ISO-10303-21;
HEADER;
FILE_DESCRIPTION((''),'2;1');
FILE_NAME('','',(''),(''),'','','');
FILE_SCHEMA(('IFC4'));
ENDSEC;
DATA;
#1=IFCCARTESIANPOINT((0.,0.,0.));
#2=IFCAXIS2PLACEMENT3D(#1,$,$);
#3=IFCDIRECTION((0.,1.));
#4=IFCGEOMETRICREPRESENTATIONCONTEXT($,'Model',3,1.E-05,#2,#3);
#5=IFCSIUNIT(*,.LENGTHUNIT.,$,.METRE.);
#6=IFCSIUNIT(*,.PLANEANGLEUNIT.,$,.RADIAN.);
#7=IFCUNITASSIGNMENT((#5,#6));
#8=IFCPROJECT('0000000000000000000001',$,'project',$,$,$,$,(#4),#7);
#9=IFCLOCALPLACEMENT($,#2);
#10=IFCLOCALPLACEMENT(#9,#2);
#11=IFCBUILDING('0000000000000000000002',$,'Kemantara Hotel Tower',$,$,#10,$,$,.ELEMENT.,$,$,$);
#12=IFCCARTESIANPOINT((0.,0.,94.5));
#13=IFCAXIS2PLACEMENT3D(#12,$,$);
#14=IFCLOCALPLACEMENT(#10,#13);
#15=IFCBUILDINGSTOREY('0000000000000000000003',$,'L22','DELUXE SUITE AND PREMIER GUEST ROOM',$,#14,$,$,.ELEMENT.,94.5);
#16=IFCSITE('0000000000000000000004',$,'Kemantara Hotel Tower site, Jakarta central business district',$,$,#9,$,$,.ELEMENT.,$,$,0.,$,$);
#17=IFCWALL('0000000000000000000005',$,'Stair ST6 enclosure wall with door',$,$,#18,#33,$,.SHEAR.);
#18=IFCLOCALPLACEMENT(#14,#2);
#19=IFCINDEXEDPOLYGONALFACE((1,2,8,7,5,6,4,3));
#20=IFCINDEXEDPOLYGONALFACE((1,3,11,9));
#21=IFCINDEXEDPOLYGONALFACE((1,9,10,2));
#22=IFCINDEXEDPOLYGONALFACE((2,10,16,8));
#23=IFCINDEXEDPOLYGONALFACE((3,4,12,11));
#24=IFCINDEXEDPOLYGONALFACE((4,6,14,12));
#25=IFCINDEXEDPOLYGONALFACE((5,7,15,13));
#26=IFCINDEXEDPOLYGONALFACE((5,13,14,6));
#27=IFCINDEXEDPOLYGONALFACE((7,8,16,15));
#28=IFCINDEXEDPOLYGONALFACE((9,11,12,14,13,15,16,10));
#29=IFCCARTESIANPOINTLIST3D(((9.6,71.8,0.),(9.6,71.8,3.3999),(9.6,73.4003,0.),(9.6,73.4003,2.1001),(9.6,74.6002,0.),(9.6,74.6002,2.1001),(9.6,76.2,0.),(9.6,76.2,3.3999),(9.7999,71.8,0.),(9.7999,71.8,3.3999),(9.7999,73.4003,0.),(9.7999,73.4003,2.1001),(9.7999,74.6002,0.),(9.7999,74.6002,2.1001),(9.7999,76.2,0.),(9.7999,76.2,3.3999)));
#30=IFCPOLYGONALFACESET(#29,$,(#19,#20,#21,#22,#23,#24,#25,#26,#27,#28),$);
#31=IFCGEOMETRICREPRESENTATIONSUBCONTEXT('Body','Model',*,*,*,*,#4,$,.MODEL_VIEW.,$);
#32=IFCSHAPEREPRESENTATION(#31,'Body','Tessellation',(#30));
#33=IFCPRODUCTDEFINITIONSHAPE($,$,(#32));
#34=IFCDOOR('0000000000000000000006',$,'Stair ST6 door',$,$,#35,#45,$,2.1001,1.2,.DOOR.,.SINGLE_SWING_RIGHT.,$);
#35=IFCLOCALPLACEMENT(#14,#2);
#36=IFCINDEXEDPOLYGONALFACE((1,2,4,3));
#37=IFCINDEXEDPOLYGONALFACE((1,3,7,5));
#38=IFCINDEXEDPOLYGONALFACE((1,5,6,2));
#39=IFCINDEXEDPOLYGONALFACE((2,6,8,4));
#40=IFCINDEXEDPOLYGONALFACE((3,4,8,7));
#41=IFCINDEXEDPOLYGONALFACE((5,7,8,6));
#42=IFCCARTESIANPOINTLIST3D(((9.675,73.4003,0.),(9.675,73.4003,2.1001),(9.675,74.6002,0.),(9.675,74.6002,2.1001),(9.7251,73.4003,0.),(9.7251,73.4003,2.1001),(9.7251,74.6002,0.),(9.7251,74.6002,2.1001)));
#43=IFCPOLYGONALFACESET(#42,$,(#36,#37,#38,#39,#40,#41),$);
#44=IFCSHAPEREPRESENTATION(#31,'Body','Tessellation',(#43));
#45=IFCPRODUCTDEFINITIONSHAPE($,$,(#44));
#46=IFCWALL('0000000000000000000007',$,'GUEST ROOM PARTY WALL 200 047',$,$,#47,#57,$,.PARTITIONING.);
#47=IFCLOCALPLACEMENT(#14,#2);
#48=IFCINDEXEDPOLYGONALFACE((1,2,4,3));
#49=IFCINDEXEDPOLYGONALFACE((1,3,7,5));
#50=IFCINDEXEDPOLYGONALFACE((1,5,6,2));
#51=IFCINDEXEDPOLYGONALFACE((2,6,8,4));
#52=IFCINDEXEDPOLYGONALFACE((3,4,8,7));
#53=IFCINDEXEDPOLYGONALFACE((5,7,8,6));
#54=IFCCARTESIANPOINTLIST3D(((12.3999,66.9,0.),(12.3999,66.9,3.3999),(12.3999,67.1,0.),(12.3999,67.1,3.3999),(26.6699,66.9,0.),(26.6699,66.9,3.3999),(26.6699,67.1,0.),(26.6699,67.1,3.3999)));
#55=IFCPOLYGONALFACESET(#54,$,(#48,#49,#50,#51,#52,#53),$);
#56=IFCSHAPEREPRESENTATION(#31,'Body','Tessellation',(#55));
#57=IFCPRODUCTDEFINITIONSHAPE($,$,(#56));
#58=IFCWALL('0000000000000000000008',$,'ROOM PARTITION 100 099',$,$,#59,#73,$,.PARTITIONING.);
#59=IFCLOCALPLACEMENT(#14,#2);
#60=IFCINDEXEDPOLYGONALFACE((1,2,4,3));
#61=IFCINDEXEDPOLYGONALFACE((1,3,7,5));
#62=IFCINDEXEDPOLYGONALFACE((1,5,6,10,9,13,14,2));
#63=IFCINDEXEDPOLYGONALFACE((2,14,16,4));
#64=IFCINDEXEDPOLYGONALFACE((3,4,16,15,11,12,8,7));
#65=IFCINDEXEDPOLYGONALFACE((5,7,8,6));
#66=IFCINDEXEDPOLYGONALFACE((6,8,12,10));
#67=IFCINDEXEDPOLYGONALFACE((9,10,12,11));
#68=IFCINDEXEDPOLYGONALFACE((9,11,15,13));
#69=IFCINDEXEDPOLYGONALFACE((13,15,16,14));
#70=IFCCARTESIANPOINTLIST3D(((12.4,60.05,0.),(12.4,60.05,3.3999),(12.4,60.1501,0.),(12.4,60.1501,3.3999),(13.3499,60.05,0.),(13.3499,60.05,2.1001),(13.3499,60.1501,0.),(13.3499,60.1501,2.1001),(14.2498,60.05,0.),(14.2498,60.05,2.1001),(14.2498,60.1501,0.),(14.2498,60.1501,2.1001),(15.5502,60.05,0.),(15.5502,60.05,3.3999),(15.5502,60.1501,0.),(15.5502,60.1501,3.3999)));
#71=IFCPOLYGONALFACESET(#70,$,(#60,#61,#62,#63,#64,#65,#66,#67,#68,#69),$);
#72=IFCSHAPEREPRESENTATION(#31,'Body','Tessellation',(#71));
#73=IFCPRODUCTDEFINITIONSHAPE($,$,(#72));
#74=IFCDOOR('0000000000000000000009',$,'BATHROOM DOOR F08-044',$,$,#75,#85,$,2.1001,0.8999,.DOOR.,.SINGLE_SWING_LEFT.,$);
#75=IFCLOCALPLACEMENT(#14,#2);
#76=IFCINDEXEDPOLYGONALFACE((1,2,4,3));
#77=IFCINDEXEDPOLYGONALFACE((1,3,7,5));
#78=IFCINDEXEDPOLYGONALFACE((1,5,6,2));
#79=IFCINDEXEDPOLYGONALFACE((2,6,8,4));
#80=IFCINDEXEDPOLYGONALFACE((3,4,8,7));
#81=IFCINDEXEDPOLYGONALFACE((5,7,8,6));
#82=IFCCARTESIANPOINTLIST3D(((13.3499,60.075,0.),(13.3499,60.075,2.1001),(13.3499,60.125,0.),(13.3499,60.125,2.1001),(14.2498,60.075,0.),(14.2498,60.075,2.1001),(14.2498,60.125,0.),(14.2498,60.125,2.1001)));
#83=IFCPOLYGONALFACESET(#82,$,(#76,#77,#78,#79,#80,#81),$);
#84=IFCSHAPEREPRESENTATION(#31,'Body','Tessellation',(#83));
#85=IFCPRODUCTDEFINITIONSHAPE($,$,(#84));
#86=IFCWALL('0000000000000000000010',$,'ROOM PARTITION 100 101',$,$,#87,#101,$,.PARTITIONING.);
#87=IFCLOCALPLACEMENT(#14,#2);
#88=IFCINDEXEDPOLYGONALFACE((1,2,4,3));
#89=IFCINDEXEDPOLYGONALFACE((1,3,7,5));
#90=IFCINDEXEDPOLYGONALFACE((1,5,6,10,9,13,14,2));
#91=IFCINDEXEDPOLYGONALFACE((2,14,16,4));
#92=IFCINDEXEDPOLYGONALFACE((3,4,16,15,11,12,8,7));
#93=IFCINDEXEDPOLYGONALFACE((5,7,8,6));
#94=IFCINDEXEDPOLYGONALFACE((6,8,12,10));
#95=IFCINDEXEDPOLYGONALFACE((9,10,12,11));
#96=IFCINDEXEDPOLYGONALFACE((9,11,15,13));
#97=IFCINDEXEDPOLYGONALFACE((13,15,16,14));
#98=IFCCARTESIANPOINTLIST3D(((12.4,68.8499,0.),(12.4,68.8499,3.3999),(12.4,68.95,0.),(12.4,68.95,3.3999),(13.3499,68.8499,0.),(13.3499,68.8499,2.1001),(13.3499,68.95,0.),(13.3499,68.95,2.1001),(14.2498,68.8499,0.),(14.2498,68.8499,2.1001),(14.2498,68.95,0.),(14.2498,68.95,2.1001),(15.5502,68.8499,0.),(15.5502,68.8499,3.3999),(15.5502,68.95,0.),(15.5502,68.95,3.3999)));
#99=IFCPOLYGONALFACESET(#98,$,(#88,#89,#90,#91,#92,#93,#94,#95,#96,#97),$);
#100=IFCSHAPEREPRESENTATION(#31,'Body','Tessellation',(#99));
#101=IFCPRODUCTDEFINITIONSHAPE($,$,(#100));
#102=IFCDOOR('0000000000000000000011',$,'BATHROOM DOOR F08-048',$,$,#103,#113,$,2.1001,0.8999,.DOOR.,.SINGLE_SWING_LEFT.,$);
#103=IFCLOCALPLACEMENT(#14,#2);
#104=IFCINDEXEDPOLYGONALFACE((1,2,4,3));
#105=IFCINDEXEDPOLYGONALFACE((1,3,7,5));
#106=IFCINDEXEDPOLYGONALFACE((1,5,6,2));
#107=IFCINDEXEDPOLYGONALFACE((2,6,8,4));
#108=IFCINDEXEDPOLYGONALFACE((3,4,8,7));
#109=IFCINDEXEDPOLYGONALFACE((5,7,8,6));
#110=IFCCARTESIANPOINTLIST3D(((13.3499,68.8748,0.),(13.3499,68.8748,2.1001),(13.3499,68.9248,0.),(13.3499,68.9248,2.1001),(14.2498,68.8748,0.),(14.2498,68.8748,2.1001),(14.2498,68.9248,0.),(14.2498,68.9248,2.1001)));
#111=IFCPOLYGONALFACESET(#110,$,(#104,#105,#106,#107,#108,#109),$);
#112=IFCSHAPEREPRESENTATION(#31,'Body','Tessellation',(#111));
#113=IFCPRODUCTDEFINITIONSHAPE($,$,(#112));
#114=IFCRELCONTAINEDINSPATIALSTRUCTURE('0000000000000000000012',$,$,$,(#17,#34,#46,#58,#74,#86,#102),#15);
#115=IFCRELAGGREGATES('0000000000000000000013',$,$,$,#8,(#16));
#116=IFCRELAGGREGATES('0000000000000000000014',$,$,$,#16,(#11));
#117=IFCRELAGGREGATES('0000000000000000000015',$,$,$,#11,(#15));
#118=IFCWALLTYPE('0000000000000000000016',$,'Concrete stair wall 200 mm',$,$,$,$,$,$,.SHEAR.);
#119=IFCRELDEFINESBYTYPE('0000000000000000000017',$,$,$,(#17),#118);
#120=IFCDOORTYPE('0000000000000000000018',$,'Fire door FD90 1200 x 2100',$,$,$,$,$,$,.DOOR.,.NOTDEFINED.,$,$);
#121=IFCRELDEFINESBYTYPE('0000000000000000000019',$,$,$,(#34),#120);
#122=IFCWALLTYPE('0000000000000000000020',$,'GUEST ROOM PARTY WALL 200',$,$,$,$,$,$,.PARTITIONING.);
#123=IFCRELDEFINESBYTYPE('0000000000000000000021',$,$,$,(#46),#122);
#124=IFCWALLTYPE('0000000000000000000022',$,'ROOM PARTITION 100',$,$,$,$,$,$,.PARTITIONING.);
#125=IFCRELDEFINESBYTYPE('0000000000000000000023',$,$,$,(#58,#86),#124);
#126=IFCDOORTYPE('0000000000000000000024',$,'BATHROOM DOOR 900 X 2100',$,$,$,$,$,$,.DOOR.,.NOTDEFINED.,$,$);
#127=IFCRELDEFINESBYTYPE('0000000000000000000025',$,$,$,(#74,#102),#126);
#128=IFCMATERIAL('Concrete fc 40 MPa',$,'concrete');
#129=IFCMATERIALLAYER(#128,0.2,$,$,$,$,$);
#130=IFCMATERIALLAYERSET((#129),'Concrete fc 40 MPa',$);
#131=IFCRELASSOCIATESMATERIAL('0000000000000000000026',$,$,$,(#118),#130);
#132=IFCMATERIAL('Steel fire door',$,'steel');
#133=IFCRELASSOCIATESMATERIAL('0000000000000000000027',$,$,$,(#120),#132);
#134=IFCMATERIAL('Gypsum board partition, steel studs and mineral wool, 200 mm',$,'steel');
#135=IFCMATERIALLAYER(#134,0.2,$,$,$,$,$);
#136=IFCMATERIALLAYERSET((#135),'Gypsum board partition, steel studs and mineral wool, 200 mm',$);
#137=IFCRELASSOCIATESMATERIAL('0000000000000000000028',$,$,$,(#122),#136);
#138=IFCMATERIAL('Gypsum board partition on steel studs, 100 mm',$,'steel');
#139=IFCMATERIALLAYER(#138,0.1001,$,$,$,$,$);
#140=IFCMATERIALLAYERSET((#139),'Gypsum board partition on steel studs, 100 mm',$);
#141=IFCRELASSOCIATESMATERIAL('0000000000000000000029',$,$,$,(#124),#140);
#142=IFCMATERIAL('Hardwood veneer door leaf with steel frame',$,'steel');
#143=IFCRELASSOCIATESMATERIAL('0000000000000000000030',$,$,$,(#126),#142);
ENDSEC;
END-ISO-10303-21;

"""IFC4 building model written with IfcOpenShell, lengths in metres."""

from ifc_helpers import new_model, si_unit, direction, frame, frame_2d, origin, place, context, subcontext, project, spatial, rectangle, extrude, material, layer, layer_set, type_object, element, fill, save


model = new_model("IFC4")

# Units and contexts
model_context = context("Model", 3, precision=1e-05, world=origin(), true_north=direction((0.0, 1.0)))
body_context = subcontext(model_context, "Body", "Model", "MODEL_VIEW")
ifc_project = project(units=[si_unit("LENGTHUNIT", "METRE"), si_unit("PLANEANGLEUNIT", "RADIAN")], contexts=[model_context])

# Site, building, storey
site_placement = place(None, origin())
site = spatial("IfcSite", under=ifc_project, at=site_placement, Name="Kemantara Hotel Tower site, Jakarta central business district", CompositionType="ELEMENT", RefElevation=0.0)
building_placement = place(site_placement, origin())
building = spatial("IfcBuilding", under=site, at=building_placement, Name="Kemantara Hotel Tower", CompositionType="ELEMENT")
storey_placement = place(building_placement, frame((0.0, 0.0, 94.5)))
storey = spatial("IfcBuildingStorey", under=building, at=storey_placement, Name="L22", Description="DELUXE SUITE AND PREMIER GUEST ROOM", CompositionType="ELEMENT", Elevation=94.5)

# Shared definitions
ifc_material_1 = material(Name="Gypsum board partition, steel studs and mineral wool, 200 mm", Category="steel")
ifc_material_2 = material(Name="Hardwood veneer door leaf with steel frame", Category="steel")

# Wall, opening, door
ifc_material_3 = material(Name="Concrete fc 40 MPa", Category="concrete")
ifc_layer_1 = layer(ifc_material_3, 0.2)
ifc_layer_set_1 = layer_set([ifc_layer_1], Name="Concrete fc 40 MPa")
wall_type_1 = type_object("IfcWallType", Name="Concrete stair wall 200 mm", PredefinedType="SHEAR", material=ifc_layer_set_1)
wall_1_placement = place(storey_placement, frame((9.7, 71.8, 0.0), z_axis=(0.0, 0.0, 1.0), x_axis=(0.0, 1.0, 0.0)))
wall_1 = element("IfcWall", 1, at=wall_1_placement, inside=storey, type_object=wall_type_1, Name="Stair ST6 enclosure wall with door", PredefinedType="SHEAR", context=body_context, shape_type="SweptSolid", body=[
    extrude(rectangle(XDim=4.3999, YDim=0.2, at=frame_2d((2.2, 0.0))), origin(), (0.0, 0.0, 1.0), 3.3999),
])
opening_1_placement = place(wall_1_placement, frame((1.6001, 0.0, 0.0)))
opening_1 = element("IfcOpeningElement", 2, at=opening_1_placement, cuts=wall_1, PredefinedType="OPENING", context=body_context, shape_type="SweptSolid", body=[
    extrude(rectangle(XDim=1.2, YDim=2.1001, at=frame_2d((0.6001, 1.05))), frame((0.0, 0.1099, 0.0), z_axis=(0.0, -1.0, 0.0), x_axis=(1.0, 0.0, 0.0)), (0.0, 0.0, 1.0), 0.22),
])
ifc_material_4 = material(Name="Steel fire door", Category="steel")
door_type_1 = type_object("IfcDoorType", Name="Fire door FD90 1200 x 2100", OperationType="NOTDEFINED", PredefinedType="DOOR", material=ifc_material_4)
door_1_placement = place(opening_1_placement, origin())
door_1 = element("IfcDoor", 3, at=door_1_placement, inside=storey, type_object=door_type_1, Name="Stair ST6 door", OperationType="SINGLE_SWING_RIGHT", OverallHeight=2.1001, OverallWidth=1.2, PredefinedType="DOOR", context=body_context, shape_type="SweptSolid", body=[
    extrude(rectangle(XDim=1.2, YDim=2.1001, at=frame_2d((0.6001, 1.05))), frame((0.0, 0.0249, 0.0), z_axis=(0.0, -1.0, 0.0), x_axis=(1.0, 0.0, 0.0)), (0.0, 0.0, 1.0), 0.05),
])
fill(opening_1, door_1)

# Wall
ifc_layer_2 = layer(ifc_material_1, 0.2)
ifc_layer_set_2 = layer_set([ifc_layer_2], Name="Gypsum board partition, steel studs and mineral wool, 200 mm")
wall_type_2 = type_object("IfcWallType", Name="GUEST ROOM PARTY WALL 200", PredefinedType="PARTITIONING", material=ifc_layer_set_2)
wall_2_placement = place(storey_placement, frame((12.3999, 67.0, 0.0), z_axis=(0.0, 0.0, 1.0), x_axis=(1.0, 0.0, 0.0)))
element("IfcWall", 4, at=wall_2_placement, inside=storey, type_object=wall_type_2, Name="GUEST ROOM PARTY WALL 200 047", PredefinedType="PARTITIONING", context=body_context, shape_type="SweptSolid", body=[
    extrude(rectangle(XDim=14.27, YDim=0.2, at=frame_2d((7.135, 0.0))), origin(), (0.0, 0.0, 1.0), 3.3999),
])

# Walls, openings, doors
ifc_material_5 = material(Name="Gypsum board partition on steel studs, 100 mm", Category="steel")
ifc_layer_3 = layer(ifc_material_5, 0.1001)
ifc_layer_set_3 = layer_set([ifc_layer_3], Name="Gypsum board partition on steel studs, 100 mm")
wall_type_3 = type_object("IfcWallType", Name="ROOM PARTITION 100", PredefinedType="PARTITIONING", material=ifc_layer_set_3)
wall_3_placement = place(storey_placement, frame((12.3999, 60.1001, 0.0), z_axis=(0.0, 0.0, 1.0), x_axis=(1.0, 0.0, 0.0)))
wall_3 = element("IfcWall", 5, at=wall_3_placement, inside=storey, type_object=wall_type_3, Name="ROOM PARTITION 100 099", PredefinedType="PARTITIONING", context=body_context, shape_type="SweptSolid", body=[
    extrude(rectangle(XDim=3.1501, YDim=0.1001, at=frame_2d((1.5752, 0.0))), origin(), (0.0, 0.0, 1.0), 3.3999),
])
opening_2_placement = place(wall_3_placement, frame((0.95, 0.0, 0.0)))
opening_2 = element("IfcOpeningElement", 6, at=opening_2_placement, cuts=wall_3, PredefinedType="OPENING", context=body_context, shape_type="SweptSolid", body=[
    extrude(rectangle(XDim=0.8999, YDim=2.1001, at=frame_2d((0.45, 1.05))), frame((0.0, 0.0601, 0.0), z_axis=(0.0, -1.0, 0.0), x_axis=(1.0, 0.0, 0.0)), (0.0, 0.0, 1.0), 0.1201),
])
door_type_2 = type_object("IfcDoorType", Name="BATHROOM DOOR 900 X 2100", OperationType="NOTDEFINED", PredefinedType="DOOR", material=ifc_material_2)
door_2_placement = place(opening_2_placement, origin())
door_2 = element("IfcDoor", 7, at=door_2_placement, inside=storey, type_object=door_type_2, Name="BATHROOM DOOR F08-044", OperationType="SINGLE_SWING_LEFT", OverallHeight=2.1001, OverallWidth=0.8999, PredefinedType="DOOR", context=body_context, shape_type="SweptSolid", body=[
    extrude(rectangle(XDim=0.8999, YDim=2.1001, at=frame_2d((0.45, 1.05))), frame((0.0, 0.0249, 0.0), z_axis=(0.0, -1.0, 0.0), x_axis=(1.0, 0.0, 0.0)), (0.0, 0.0, 1.0), 0.05),
])
fill(opening_2, door_2)
wall_4_placement = place(storey_placement, frame((12.3999, 68.8999, 0.0), z_axis=(0.0, 0.0, 1.0), x_axis=(1.0, 0.0, 0.0)))
wall_4 = element("IfcWall", 8, at=wall_4_placement, inside=storey, type_object=wall_type_3, Name="ROOM PARTITION 100 101", PredefinedType="PARTITIONING", context=body_context, shape_type="SweptSolid", body=[
    extrude(rectangle(XDim=3.1501, YDim=0.1001, at=frame_2d((1.5752, 0.0))), origin(), (0.0, 0.0, 1.0), 3.3999),
])
opening_3_placement = place(wall_4_placement, frame((0.95, 0.0, 0.0)))
opening_3 = element("IfcOpeningElement", 9, at=opening_3_placement, cuts=wall_4, PredefinedType="OPENING", context=body_context, shape_type="SweptSolid", body=[
    extrude(rectangle(XDim=0.8999, YDim=2.1001, at=frame_2d((0.45, 1.05))), frame((0.0, 0.0601, 0.0), z_axis=(0.0, -1.0, 0.0), x_axis=(1.0, 0.0, 0.0)), (0.0, 0.0, 1.0), 0.1201),
])
door_3_placement = place(opening_3_placement, origin())
door_3 = element("IfcDoor", 10, at=door_3_placement, inside=storey, type_object=door_type_2, Name="BATHROOM DOOR F08-048", OperationType="SINGLE_SWING_LEFT", OverallHeight=2.1001, OverallWidth=0.8999, PredefinedType="DOOR", context=body_context, shape_type="SweptSolid", body=[
    extrude(rectangle(XDim=0.8999, YDim=2.1001, at=frame_2d((0.45, 1.05))), frame((0.0, 0.0249, 0.0), z_axis=(0.0, -1.0, 0.0), x_axis=(1.0, 0.0, 0.0)), (0.0, 0.0, 1.0), 0.05),
])
fill(opening_3, door_3)

save(model, "model.ifc")
